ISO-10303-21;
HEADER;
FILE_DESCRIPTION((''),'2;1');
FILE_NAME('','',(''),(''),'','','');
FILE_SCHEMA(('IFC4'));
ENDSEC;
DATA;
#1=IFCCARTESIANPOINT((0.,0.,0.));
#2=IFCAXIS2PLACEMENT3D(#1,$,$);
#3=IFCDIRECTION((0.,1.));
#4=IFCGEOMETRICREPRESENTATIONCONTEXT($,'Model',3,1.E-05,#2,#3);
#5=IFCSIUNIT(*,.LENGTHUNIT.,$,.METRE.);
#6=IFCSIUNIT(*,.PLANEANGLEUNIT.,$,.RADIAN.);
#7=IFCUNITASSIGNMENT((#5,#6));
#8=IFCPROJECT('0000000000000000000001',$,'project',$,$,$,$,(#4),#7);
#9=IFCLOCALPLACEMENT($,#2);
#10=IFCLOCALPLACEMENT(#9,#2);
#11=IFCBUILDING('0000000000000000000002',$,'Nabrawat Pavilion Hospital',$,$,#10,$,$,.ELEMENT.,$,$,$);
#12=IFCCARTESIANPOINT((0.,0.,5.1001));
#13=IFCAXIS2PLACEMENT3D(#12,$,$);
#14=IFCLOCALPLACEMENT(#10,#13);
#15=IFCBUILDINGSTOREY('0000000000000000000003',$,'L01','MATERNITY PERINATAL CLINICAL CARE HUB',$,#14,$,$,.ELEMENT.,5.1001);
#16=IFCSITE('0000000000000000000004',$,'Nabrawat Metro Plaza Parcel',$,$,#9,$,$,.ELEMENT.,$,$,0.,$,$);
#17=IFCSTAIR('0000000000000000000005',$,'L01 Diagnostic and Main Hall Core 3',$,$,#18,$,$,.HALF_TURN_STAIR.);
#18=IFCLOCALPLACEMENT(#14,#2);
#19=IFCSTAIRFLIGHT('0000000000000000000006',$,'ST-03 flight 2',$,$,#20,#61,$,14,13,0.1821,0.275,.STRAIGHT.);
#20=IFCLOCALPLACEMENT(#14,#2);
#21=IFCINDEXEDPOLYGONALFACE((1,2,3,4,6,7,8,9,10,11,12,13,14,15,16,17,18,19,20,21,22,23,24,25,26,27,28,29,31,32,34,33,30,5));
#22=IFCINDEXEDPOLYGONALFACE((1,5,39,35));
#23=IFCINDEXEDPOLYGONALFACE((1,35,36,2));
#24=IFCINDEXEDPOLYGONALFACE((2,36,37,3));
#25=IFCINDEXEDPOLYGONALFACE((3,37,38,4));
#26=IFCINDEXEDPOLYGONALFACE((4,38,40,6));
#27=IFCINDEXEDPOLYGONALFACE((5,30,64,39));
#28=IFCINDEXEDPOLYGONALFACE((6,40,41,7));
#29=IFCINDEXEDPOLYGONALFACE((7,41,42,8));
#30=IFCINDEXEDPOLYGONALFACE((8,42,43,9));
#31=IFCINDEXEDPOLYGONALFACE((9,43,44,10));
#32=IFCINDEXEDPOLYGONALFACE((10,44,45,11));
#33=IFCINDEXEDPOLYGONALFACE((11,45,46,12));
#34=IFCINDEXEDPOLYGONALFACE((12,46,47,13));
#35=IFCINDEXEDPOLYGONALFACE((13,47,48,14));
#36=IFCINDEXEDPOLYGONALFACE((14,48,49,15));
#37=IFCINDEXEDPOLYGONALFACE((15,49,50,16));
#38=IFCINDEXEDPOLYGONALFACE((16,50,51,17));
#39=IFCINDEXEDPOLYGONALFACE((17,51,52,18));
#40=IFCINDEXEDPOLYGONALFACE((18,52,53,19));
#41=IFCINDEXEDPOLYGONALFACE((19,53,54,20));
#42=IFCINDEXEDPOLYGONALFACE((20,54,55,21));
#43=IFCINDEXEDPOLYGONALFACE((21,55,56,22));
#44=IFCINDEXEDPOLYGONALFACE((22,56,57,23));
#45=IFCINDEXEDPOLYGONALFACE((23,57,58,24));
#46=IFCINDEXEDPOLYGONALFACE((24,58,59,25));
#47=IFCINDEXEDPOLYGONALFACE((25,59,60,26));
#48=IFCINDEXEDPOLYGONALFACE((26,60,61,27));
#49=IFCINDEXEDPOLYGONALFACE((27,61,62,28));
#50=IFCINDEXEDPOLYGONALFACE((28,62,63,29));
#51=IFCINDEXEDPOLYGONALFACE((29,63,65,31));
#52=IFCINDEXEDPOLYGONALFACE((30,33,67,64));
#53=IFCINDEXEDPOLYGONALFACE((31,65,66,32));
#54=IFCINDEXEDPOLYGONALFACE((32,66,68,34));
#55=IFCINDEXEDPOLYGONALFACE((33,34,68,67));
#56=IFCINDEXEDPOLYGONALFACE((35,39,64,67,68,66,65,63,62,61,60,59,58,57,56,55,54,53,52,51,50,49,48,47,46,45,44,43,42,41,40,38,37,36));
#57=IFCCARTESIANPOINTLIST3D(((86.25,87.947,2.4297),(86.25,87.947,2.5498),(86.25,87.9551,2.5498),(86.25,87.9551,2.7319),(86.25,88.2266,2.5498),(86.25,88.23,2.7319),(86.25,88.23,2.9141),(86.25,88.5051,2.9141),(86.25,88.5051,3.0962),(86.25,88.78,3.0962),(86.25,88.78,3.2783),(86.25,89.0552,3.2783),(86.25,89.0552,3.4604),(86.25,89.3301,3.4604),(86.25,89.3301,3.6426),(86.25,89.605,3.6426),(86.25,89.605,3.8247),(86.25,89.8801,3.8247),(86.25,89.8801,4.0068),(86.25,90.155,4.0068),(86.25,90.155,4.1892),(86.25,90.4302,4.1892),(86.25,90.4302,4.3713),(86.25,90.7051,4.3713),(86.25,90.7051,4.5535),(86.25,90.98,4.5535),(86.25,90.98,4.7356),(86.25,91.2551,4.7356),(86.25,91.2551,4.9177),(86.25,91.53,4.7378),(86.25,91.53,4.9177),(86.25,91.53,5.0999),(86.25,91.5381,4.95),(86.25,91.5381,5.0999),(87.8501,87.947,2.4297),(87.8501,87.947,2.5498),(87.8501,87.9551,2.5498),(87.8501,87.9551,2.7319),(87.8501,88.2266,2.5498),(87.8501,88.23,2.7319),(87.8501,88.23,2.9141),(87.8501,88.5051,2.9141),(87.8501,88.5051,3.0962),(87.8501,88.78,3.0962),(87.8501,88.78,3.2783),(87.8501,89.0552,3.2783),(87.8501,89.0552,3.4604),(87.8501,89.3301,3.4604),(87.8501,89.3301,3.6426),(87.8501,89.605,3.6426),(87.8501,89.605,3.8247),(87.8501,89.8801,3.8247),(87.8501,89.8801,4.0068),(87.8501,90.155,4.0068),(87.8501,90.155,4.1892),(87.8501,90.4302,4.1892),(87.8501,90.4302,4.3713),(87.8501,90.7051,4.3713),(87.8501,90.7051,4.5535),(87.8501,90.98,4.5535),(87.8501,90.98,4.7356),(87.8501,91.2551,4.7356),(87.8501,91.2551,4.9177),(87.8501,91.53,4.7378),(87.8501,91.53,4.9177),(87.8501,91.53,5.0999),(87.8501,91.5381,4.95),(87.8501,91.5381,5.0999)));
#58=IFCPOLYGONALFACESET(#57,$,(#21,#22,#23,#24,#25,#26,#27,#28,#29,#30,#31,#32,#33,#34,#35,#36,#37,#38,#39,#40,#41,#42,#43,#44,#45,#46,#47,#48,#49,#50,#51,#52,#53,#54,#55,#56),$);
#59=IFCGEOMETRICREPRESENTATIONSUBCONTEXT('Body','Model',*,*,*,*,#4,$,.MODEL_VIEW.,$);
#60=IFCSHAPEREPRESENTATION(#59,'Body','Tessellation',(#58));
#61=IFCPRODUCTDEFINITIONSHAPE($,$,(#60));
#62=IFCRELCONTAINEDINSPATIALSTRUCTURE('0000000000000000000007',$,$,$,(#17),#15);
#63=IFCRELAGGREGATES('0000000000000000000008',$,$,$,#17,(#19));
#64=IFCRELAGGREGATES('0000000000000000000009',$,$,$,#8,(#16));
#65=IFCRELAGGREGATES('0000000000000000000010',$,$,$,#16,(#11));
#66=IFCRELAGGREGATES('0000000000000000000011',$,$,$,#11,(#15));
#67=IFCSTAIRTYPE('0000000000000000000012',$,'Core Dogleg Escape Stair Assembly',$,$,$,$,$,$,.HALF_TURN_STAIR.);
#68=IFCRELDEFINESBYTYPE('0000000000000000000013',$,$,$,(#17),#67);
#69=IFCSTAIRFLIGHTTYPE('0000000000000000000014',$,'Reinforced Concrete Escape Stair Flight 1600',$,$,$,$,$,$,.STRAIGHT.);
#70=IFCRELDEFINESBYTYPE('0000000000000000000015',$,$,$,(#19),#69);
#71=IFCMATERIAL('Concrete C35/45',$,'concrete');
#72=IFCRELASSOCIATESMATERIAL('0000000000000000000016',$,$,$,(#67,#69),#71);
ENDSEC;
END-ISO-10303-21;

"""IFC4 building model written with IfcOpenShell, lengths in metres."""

from ifc_helpers import new_model, si_unit, direction, frame, origin, place, context, subcontext, project, spatial, polyline, outline, extrude, material, type_object, element, aggregate, save


model = new_model("IFC4")

# Units and contexts
model_context = context("Model", 3, precision=1e-05, world=origin(), true_north=direction((0.0, 1.0)))
body_context = subcontext(model_context, "Body", "Model", "MODEL_VIEW")
ifc_project = project(units=[si_unit("LENGTHUNIT", "METRE"), si_unit("PLANEANGLEUNIT", "RADIAN")], contexts=[model_context])

# Site, building, storey
site_placement = place(None, origin())
site = spatial("IfcSite", under=ifc_project, at=site_placement, Name="Nabrawat Metro Plaza Parcel", CompositionType="ELEMENT", RefElevation=0.0)
building_placement = place(site_placement, origin())
building = spatial("IfcBuilding", under=site, at=building_placement, Name="Nabrawat Pavilion Hospital", CompositionType="ELEMENT")
storey_placement = place(building_placement, frame((0.0, 0.0, 5.1001)))
storey = spatial("IfcBuildingStorey", under=building, at=storey_placement, Name="L01", Description="MATERNITY PERINATAL CLINICAL CARE HUB", CompositionType="ELEMENT", Elevation=5.1001)

# Shared definitions
ifc_material_1 = material(Name="Concrete C35/45", Category="concrete")

# Stair, stair flight
stair_type = type_object("IfcStairType", Name="Core Dogleg Escape Stair Assembly", PredefinedType="HALF_TURN_STAIR", material=ifc_material_1)
stair_placement = place(storey_placement, origin())
stair = element("IfcStair", 1, at=stair_placement, inside=storey, type_object=stair_type, Name="L01 Diagnostic and Main Hall Core 3", PredefinedType="HALF_TURN_STAIR")
stair_flight_type = type_object("IfcStairFlightType", Name="Reinforced Concrete Escape Stair Flight 1600", PredefinedType="STRAIGHT", material=ifc_material_1)
stair_flight_1_placement = place(storey_placement, frame((87.05, 87.9551, 2.5498), z_axis=(0.0, 0.0, 1.0), x_axis=(0.0, 1.0, 0.0)))
stair_flight_1 = element("IfcStairFlight", 2, at=stair_flight_1_placement, type_object=stair_flight_type, Name="ST-03 flight 2", NumberOfRisers=14, NumberOfTreads=13, PredefinedType="STRAIGHT", RiserHeight=0.1821, TreadLength=0.275, context=body_context, shape_type="SweptSolid", body=[
    extrude(outline(polyline([(-0.0081, 0.0), (0.0, 0.0), (0.0, 0.1821), (0.2749, 0.1821), (0.2749, 0.3643), (0.55, 0.3643), (0.55, 0.5464), (0.825, 0.5464), (0.825, 0.7285), (1.1001, 0.7285), (1.1001, 0.9106), (1.375, 0.9106), (1.375, 1.0928), (1.6499, 1.0928), (1.6499, 1.2749), (1.925, 1.2749), (1.925, 1.457), (2.2, 1.457), (2.2, 1.6394), (2.4751, 1.6394), (2.4751, 1.8215), (2.75, 1.8215), (2.75, 2.0037), (3.0249, 2.0037), (3.0249, 2.1858), (3.3, 2.1858), (3.3, 2.3679), (3.575, 2.3679), (3.575, 2.55), (3.583, 2.55), (3.583, 2.4001), (3.575, 2.188), (0.2715, 0.0), (-0.0081, -0.1201), (-0.0081, 0.0)])), frame((0.0, 0.8, 0.0), z_axis=(0.0, -1.0, 0.0), x_axis=(1.0, 0.0, 0.0)), (0.0, 0.0, 1.0), 1.6001),
])
aggregate(stair, [stair_flight_1])

save(model, "model.ifc")
